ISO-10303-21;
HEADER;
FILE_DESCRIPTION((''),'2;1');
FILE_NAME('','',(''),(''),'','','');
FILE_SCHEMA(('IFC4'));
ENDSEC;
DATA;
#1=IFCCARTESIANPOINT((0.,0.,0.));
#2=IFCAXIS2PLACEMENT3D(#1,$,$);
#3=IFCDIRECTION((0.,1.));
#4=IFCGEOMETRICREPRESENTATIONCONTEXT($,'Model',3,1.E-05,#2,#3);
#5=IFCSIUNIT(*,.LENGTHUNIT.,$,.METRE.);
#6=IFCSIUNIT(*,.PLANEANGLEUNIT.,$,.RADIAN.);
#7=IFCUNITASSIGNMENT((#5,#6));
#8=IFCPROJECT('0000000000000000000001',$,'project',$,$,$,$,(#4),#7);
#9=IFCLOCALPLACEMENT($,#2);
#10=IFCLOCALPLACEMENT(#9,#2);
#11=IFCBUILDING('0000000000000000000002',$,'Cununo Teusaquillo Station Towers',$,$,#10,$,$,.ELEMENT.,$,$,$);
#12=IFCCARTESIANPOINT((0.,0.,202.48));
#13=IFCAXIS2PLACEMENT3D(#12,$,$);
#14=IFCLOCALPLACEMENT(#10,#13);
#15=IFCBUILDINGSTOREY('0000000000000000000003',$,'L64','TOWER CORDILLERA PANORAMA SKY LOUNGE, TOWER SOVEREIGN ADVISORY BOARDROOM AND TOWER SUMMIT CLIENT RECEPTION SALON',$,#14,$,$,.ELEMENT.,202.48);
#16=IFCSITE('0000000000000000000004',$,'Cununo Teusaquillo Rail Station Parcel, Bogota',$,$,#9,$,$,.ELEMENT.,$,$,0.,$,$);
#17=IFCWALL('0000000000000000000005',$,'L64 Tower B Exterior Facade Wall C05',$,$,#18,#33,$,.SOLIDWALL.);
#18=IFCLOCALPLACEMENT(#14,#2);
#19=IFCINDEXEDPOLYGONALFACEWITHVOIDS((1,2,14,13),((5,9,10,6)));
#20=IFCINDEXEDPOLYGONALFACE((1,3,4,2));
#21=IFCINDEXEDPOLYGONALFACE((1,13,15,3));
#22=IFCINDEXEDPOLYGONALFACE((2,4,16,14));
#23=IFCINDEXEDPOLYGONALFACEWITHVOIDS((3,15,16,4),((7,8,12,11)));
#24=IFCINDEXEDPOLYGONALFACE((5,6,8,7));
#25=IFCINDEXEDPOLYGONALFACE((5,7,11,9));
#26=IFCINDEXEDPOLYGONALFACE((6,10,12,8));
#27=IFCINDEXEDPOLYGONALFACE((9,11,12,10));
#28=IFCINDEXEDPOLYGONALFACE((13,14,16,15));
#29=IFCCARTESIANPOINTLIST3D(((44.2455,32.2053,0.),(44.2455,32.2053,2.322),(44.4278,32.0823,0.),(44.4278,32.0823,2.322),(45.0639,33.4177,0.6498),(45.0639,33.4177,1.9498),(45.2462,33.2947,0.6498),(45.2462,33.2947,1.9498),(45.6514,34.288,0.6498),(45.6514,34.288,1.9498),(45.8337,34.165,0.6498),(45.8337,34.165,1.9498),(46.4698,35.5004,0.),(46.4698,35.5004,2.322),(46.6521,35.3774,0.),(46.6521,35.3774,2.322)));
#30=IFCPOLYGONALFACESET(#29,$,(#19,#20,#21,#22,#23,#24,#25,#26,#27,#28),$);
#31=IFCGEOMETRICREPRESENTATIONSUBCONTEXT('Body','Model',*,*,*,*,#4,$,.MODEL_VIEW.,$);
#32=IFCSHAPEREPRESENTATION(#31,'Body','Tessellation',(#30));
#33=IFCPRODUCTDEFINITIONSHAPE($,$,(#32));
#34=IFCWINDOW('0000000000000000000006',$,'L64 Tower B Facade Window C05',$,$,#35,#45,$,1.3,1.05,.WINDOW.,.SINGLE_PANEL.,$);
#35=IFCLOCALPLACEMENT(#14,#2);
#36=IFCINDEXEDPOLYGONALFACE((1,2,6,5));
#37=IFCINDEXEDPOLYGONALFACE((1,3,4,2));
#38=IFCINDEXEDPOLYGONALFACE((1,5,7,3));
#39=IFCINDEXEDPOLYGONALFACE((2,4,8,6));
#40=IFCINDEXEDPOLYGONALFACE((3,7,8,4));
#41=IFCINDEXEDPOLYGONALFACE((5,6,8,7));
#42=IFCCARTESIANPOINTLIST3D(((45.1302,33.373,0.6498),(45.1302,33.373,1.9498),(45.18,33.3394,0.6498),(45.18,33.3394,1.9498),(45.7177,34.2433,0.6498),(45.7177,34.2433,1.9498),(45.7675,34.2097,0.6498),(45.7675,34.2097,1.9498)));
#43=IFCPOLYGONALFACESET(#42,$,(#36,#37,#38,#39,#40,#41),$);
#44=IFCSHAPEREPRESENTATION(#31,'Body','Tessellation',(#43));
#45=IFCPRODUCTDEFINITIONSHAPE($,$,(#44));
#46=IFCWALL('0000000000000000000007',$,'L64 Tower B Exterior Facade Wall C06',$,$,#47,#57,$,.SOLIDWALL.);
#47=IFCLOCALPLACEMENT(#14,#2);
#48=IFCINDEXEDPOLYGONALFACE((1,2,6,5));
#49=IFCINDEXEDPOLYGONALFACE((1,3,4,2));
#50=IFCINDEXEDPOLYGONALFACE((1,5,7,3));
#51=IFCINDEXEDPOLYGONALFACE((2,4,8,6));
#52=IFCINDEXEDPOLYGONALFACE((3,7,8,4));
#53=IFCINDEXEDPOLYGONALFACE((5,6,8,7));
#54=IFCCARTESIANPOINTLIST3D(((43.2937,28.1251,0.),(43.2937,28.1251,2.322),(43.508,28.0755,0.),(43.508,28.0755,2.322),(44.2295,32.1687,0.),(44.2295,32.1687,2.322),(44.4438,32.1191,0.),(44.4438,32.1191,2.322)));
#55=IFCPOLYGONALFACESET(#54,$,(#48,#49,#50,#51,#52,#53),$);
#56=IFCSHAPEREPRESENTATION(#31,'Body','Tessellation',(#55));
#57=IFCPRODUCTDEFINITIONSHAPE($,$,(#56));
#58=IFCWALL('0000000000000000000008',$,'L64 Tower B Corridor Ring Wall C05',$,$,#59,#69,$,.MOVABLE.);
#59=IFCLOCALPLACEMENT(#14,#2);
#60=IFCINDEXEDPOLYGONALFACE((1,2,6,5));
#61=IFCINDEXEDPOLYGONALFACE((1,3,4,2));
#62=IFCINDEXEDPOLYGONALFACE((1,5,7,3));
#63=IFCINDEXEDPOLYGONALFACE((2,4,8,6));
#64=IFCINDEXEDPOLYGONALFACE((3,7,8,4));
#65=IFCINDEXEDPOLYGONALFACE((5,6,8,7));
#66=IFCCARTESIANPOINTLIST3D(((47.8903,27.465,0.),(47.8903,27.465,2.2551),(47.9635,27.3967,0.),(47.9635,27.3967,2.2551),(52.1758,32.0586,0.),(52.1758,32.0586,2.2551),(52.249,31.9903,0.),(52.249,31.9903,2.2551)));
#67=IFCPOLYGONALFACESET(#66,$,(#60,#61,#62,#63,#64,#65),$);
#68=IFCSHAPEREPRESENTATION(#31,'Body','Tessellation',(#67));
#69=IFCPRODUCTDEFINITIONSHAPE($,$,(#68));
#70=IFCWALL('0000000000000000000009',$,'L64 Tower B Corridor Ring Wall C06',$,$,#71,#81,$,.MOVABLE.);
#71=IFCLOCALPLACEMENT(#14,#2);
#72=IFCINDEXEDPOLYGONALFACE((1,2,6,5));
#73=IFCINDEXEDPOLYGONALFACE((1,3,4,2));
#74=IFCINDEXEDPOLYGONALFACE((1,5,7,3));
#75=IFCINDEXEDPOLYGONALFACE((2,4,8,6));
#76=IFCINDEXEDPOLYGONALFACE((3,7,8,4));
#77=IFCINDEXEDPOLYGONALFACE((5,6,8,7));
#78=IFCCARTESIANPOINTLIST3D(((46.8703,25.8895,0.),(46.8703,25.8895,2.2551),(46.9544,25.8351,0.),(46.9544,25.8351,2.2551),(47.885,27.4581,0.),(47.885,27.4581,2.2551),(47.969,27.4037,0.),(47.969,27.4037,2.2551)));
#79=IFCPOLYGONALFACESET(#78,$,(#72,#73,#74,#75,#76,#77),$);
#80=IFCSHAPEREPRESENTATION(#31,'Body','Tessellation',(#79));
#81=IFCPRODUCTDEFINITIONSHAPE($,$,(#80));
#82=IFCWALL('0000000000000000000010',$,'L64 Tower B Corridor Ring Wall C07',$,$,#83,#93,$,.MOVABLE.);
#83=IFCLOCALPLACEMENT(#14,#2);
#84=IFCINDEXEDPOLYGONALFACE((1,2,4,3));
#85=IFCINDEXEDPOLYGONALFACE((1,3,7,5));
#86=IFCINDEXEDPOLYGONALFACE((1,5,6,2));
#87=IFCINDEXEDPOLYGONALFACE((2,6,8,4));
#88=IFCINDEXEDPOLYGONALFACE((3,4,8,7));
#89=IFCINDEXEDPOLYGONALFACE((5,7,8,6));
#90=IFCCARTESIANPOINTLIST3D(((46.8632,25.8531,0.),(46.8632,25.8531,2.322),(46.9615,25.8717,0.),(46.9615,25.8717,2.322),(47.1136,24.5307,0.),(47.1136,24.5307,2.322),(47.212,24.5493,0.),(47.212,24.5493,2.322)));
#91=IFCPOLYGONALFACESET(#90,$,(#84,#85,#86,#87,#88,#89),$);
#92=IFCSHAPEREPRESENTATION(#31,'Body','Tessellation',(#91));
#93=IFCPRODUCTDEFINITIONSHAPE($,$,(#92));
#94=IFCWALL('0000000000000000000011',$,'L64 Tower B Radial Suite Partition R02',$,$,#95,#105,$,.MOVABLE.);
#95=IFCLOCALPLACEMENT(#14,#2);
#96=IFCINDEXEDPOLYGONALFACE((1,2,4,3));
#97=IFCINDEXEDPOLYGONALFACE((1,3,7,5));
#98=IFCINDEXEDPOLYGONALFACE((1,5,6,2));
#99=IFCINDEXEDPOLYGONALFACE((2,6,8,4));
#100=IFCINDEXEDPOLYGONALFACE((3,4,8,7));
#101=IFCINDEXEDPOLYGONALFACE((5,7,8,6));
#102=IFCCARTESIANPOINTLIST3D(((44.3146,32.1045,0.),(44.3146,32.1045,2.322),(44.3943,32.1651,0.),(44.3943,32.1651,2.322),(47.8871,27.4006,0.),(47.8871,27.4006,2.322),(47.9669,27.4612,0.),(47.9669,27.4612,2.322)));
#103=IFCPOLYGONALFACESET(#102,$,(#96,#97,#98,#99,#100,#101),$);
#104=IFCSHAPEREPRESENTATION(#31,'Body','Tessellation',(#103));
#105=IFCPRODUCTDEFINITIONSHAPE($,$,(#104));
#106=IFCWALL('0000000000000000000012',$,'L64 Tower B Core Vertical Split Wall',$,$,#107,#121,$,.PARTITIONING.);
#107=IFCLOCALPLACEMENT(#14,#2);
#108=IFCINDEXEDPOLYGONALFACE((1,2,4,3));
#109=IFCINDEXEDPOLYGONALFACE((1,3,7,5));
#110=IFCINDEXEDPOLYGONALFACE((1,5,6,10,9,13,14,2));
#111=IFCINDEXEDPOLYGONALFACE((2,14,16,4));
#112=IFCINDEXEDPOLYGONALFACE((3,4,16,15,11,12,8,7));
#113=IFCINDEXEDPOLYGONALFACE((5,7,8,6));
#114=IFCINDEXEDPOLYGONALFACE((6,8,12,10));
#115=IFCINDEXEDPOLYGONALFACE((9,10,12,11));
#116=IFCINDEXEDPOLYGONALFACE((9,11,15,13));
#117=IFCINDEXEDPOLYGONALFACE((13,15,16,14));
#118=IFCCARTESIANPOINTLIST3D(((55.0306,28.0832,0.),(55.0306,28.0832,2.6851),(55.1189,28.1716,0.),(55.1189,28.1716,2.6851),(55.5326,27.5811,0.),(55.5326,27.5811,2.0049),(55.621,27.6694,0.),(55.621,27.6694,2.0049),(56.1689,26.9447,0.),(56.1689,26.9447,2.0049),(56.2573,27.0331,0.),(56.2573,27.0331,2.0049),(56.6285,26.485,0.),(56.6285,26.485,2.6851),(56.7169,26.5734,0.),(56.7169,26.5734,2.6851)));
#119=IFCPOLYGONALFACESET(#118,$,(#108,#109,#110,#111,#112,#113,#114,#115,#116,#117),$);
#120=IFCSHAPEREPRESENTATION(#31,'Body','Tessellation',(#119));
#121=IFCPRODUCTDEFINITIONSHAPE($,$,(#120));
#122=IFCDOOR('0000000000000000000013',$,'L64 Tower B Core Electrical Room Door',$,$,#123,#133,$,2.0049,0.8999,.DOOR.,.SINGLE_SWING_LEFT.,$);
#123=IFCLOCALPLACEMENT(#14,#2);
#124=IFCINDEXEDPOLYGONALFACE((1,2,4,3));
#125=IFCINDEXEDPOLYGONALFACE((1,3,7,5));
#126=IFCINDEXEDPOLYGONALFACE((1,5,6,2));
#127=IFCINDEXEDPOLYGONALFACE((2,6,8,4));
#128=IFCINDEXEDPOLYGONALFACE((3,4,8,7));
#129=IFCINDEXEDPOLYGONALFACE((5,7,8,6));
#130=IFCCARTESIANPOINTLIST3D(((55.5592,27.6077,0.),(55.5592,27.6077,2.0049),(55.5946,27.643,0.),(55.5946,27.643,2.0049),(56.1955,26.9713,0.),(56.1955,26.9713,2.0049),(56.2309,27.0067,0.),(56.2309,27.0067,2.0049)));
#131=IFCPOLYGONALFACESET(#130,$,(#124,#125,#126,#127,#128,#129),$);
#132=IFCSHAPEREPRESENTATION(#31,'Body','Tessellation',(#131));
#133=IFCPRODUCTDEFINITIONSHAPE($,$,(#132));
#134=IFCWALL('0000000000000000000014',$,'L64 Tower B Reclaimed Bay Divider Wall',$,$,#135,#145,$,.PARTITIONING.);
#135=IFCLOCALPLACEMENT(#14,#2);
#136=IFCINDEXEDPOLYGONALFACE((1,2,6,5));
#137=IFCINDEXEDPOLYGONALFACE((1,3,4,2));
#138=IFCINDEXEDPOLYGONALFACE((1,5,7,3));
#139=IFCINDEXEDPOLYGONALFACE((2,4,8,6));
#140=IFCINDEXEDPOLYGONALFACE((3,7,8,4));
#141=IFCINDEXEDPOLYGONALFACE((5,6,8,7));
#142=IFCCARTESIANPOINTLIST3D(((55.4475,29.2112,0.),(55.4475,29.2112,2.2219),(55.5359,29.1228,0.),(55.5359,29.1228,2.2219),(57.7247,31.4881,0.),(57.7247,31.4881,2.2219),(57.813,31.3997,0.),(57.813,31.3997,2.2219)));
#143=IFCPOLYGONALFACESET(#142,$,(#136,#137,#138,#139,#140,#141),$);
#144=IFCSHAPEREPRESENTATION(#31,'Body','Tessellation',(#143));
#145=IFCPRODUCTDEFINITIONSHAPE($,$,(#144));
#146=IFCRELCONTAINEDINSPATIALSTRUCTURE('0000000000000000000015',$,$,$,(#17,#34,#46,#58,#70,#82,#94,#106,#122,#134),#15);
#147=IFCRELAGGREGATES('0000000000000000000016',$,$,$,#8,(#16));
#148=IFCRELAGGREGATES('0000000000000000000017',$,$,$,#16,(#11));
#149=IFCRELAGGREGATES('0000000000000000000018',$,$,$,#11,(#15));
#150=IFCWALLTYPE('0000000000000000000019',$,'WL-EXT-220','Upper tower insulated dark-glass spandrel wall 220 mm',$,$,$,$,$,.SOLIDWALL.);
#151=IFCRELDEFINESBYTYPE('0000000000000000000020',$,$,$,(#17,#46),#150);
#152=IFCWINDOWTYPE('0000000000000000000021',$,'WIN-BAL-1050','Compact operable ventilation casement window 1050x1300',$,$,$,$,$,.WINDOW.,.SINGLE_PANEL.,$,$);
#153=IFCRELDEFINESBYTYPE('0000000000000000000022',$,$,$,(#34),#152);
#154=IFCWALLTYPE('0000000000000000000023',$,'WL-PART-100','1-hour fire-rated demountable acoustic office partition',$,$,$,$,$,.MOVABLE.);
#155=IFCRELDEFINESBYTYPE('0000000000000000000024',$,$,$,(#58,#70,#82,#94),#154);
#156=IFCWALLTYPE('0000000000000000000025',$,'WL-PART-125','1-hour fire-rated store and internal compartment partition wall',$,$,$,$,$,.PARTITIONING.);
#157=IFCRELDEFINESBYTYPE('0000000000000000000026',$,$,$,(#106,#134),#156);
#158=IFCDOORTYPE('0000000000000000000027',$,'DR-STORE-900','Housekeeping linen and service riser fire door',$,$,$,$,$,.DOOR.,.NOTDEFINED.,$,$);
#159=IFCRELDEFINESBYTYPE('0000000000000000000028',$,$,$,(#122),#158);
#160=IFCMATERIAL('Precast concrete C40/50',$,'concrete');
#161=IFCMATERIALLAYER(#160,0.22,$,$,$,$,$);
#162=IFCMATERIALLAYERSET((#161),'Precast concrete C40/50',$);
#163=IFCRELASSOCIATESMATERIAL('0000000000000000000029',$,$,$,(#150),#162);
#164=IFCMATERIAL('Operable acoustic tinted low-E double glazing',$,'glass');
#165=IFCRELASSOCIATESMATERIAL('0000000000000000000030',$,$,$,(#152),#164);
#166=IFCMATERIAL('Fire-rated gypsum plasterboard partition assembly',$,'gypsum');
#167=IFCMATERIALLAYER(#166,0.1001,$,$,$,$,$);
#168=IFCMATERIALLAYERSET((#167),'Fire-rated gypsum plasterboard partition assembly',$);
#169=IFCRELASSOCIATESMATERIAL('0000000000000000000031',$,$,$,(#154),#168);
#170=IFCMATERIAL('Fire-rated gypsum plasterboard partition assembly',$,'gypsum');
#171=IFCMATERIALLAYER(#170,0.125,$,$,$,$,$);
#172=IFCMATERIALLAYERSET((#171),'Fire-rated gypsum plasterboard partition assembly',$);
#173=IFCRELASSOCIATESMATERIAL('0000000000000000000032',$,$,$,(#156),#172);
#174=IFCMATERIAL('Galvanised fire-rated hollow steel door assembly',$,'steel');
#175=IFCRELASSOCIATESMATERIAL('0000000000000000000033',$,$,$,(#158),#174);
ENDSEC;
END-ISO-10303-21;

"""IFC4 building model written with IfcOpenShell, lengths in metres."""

from ifc_helpers import new_model, si_unit, direction, frame, frame_2d, origin, place, context, subcontext, project, spatial, rectangle, extrude, source, transform, mapped, material, layer, layer_set, type_object, element, fill, save


model = new_model("IFC4")

# Units and contexts
model_context = context("Model", 3, precision=1e-05, world=origin(), true_north=direction((0.0, 1.0)))
body_context = subcontext(model_context, "Body", "Model", "MODEL_VIEW")
ifc_project = project(units=[si_unit("LENGTHUNIT", "METRE"), si_unit("PLANEANGLEUNIT", "RADIAN")], contexts=[model_context])

# Site, building, storey
site_placement = place(None, origin())
site = spatial("IfcSite", under=ifc_project, at=site_placement, Name="Cununo Teusaquillo Rail Station Parcel, Bogota", CompositionType="ELEMENT", RefElevation=0.0)
building_placement = place(site_placement, origin())
building = spatial("IfcBuilding", under=site, at=building_placement, Name="Cununo Teusaquillo Station Towers", CompositionType="ELEMENT")
storey_placement = place(building_placement, frame((0.0, 0.0, 202.48)))
storey = spatial("IfcBuildingStorey", under=building, at=storey_placement, Name="L64", Description="TOWER CORDILLERA PANORAMA SKY LOUNGE, TOWER SOVEREIGN ADVISORY BOARDROOM AND TOWER SUMMIT CLIENT RECEPTION SALON", CompositionType="ELEMENT", Elevation=202.48)

# Wall, opening, window
ifc_material_1 = material(Name="Precast concrete C40/50", Category="concrete")
ifc_layer_1 = layer(ifc_material_1, 0.22)
ifc_layer_set_1 = layer_set([ifc_layer_1], Name="Precast concrete C40/50")
wall_type_1 = type_object("IfcWallType", Name="WL-EXT-220", Description="Upper tower insulated dark-glass spandrel wall 220 mm", PredefinedType="SOLIDWALL", material=ifc_layer_set_1)
wall_1_placement = place(storey_placement, frame((44.3367, 32.1438, 0.0), z_axis=(0.0, 0.0, 1.0), x_axis=(0.559495, 0.828834, 0.0)))
wall_1 = element("IfcWall", 1, at=wall_1_placement, inside=storey, type_object=wall_type_1, Name="L64 Tower B Exterior Facade Wall C05", PredefinedType="SOLIDWALL", context=body_context, shape_type="SweptSolid", body=[
    extrude(rectangle(XDim=3.9756, YDim=0.22, at=frame_2d((1.9878, 0.0))), origin(), (0.0, 0.0, 1.0), 2.322),
])
shared_shape_1 = source(origin(), body_context, "Body", "SweptSolid", [
    extrude(rectangle(XDim=1.05, YDim=1.3, at=frame_2d((0.5249, 0.6499))), frame((0.0, 0.1199, 0.0), z_axis=(0.0, -1.0, 0.0), x_axis=(1.0, 0.0, 0.0)), (0.0, 0.0, 1.0), 0.24),
])
opening_1_placement = place(wall_1_placement, frame((1.4629, 0.0, 0.6499)))
opening_1 = element("IfcOpeningElement", 2, at=opening_1_placement, cuts=wall_1, PredefinedType="OPENING", context=body_context, shape_type="MappedRepresentation", body=[
    mapped(shared_shape_1, transform((0.0, 0.0, 0.0), x_axis=(1.0, 0.0, 0.0), y_axis=(0.0, 1.0, 0.0), z_axis=(0.0, 0.0, 1.0), scale=1.0)),
])
ifc_material_2 = material(Name="Operable acoustic tinted low-E double glazing", Category="glass")
window_type = type_object("IfcWindowType", Name="WIN-BAL-1050", Description="Compact operable ventilation casement window 1050x1300", PartitioningType="SINGLE_PANEL", PredefinedType="WINDOW", material=ifc_material_2)
shared_shape_2 = source(origin(), body_context, "Body", "SweptSolid", [
    extrude(rectangle(XDim=1.05, YDim=1.3, at=frame_2d((0.5249, 0.6499))), frame((0.0, 0.03, 0.0), z_axis=(0.0, -1.0, 0.0), x_axis=(1.0, 0.0, 0.0)), (0.0, 0.0, 1.0), 0.0601),
])
window_placement = place(opening_1_placement, origin())
window = element("IfcWindow", 3, at=window_placement, inside=storey, type_object=window_type, Name="L64 Tower B Facade Window C05", OverallHeight=1.3, OverallWidth=1.05, PartitioningType="SINGLE_PANEL", PredefinedType="WINDOW", context=body_context, shape_type="MappedRepresentation", body=[
    mapped(shared_shape_2, transform((0.0, 0.0, 0.0), x_axis=(1.0, 0.0, 0.0), y_axis=(0.0, 1.0, 0.0), z_axis=(0.0, 0.0, 1.0), scale=1.0)),
])
fill(opening_1, window)

# Walls
wall_2_placement = place(storey_placement, frame((43.4009, 28.1003, 0.0), z_axis=(0.0, 0.0, 1.0), x_axis=(0.225474, 0.974249, 0.0)))
element("IfcWall", 4, at=wall_2_placement, inside=storey, type_object=wall_type_1, Name="L64 Tower B Exterior Facade Wall C06", PredefinedType="SOLIDWALL", context=body_context, shape_type="SweptSolid", body=[
    extrude(rectangle(XDim=4.1504, YDim=0.22, at=frame_2d((2.0752, 0.0))), origin(), (0.0, 0.0, 1.0), 2.322),
])
ifc_material_3 = material(Name="Fire-rated gypsum plasterboard partition assembly", Category="gypsum")
ifc_layer_2 = layer(ifc_material_3, 0.1001)
ifc_layer_set_2 = layer_set([ifc_layer_2], Name="Fire-rated gypsum plasterboard partition assembly")
wall_type_2 = type_object("IfcWallType", Name="WL-PART-100", Description="1-hour fire-rated demountable acoustic office partition", PredefinedType="MOVABLE", material=ifc_layer_set_2)
wall_3_placement = place(storey_placement, frame((52.2124, 32.0244, 0.0), z_axis=(0.0, 0.0, 1.0), x_axis=(-0.682159, -0.731204, 0.0)))
element("IfcWall", 5, at=wall_3_placement, inside=storey, type_object=wall_type_2, Name="L64 Tower B Corridor Ring Wall C05", PredefinedType="MOVABLE", context=body_context, shape_type="SweptSolid", body=[
    extrude(rectangle(XDim=6.2822, YDim=0.1001, at=frame_2d((3.1411, 0.0))), origin(), (0.0, 0.0, 1.0), 2.2551),
])
wall_4_placement = place(storey_placement, frame((47.927, 27.4309, 0.0), z_axis=(0.0, 0.0, 1.0), x_axis=(-0.543127, -0.839651, 0.0)))
element("IfcWall", 6, at=wall_4_placement, inside=storey, type_object=wall_type_2, Name="L64 Tower B Corridor Ring Wall C06", PredefinedType="MOVABLE", context=body_context, shape_type="SweptSolid", body=[
    extrude(rectangle(XDim=1.8682, YDim=0.1001, at=frame_2d((0.9341, 0.0))), origin(), (0.0, 0.0, 1.0), 2.2551),
])
wall_5_placement = place(storey_placement, frame((46.9124, 25.8623, 0.0), z_axis=(0.0, 0.0, 1.0), x_axis=(0.186095, -0.982532, 0.0)))
element("IfcWall", 7, at=wall_5_placement, inside=storey, type_object=wall_type_2, Name="L64 Tower B Corridor Ring Wall C07", PredefinedType="MOVABLE", context=body_context, shape_type="SweptSolid", body=[
    extrude(rectangle(XDim=1.3459, YDim=0.1001, at=frame_2d((0.6729, 0.0))), origin(), (0.0, 0.0, 1.0), 2.322),
])
wall_6_placement = place(storey_placement, frame((47.927, 27.4309, 0.0), z_axis=(0.0, 0.0, 1.0), x_axis=(-0.604823, 0.79636, 0.0)))
element("IfcWall", 8, at=wall_6_placement, inside=storey, type_object=wall_type_2, Name="L64 Tower B Radial Suite Partition R02", PredefinedType="MOVABLE", context=body_context, shape_type="SweptSolid", body=[
    extrude(rectangle(XDim=5.9067, YDim=0.1001, at=frame_2d((2.9534, 0.0))), origin(), (0.0, 0.0, 1.0), 2.322),
])

# Wall, opening, door
ifc_material_4 = material(Name="Fire-rated gypsum plasterboard partition assembly", Category="gypsum")
ifc_layer_3 = layer(ifc_material_4, 0.125)
ifc_layer_set_3 = layer_set([ifc_layer_3], Name="Fire-rated gypsum plasterboard partition assembly")
wall_type_3 = type_object("IfcWallType", Name="WL-PART-125", Description="1-hour fire-rated store and internal compartment partition wall", PredefinedType="PARTITIONING", material=ifc_layer_set_3)
wall_7_placement = place(storey_placement, frame((56.6726, 26.5293, 0.0), z_axis=(0.0, 0.0, 1.0), x_axis=(-0.707053, 0.707161, 0.0)))
wall_7 = element("IfcWall", 9, at=wall_7_placement, inside=storey, type_object=wall_type_3, Name="L64 Tower B Core Vertical Split Wall", PredefinedType="PARTITIONING", context=body_context, shape_type="SweptSolid", body=[
    extrude(rectangle(XDim=2.26, YDim=0.125, at=frame_2d((1.1299, 0.0))), origin(), (0.0, 0.0, 1.0), 2.6851),
])
shared_shape_3 = source(origin(), body_context, "Body", "SweptSolid", [
    extrude(rectangle(XDim=0.8999, YDim=2.0049, at=frame_2d((0.45, 1.0024))), frame((0.0, 0.0725, 0.0), z_axis=(0.0, -1.0, 0.0), x_axis=(1.0, 0.0, 0.0)), (0.0, 0.0, 1.0), 0.145),
])
opening_2_placement = place(wall_7_placement, frame((0.6499, 0.0, 0.0)))
opening_2 = element("IfcOpeningElement", 10, at=opening_2_placement, cuts=wall_7, PredefinedType="OPENING", context=body_context, shape_type="MappedRepresentation", body=[
    mapped(shared_shape_3, transform((0.0, 0.0, 0.0), x_axis=(1.0, 0.0, 0.0), y_axis=(0.0, 1.0, 0.0), z_axis=(0.0, 0.0, 1.0), scale=1.0)),
])
ifc_material_5 = material(Name="Galvanised fire-rated hollow steel door assembly", Category="steel")
door_type_1 = type_object("IfcDoorType", Name="DR-STORE-900", Description="Housekeeping linen and service riser fire door", OperationType="NOTDEFINED", PredefinedType="DOOR", material=ifc_material_5)
shared_shape_4 = source(origin(), body_context, "Body", "SweptSolid", [
    extrude(rectangle(XDim=0.8999, YDim=2.0049, at=frame_2d((0.45, 1.0024))), frame((0.0, 0.0249, 0.0), z_axis=(0.0, -1.0, 0.0), x_axis=(1.0, 0.0, 0.0)), (0.0, 0.0, 1.0), 0.05),
])
door_1_placement = place(opening_2_placement, origin())
door_1 = element("IfcDoor", 11, at=door_1_placement, inside=storey, type_object=door_type_1, Name="L64 Tower B Core Electrical Room Door", OperationType="SINGLE_SWING_LEFT", OverallHeight=2.0049, OverallWidth=0.8999, PredefinedType="DOOR", context=body_context, shape_type="MappedRepresentation", body=[
    mapped(shared_shape_4, transform((0.0, 0.0, 0.0), x_axis=(1.0, 0.0, 0.0), y_axis=(0.0, 1.0, 0.0), z_axis=(0.0, 0.0, 1.0), scale=1.0)),
])
fill(opening_2, door_1)

# Wall
wall_8_placement = place(storey_placement, frame((55.4917, 29.167, 0.0), z_axis=(0.0, 0.0, 1.0), x_axis=(0.707145, 0.707069, 0.0)))
element("IfcWall", 12, at=wall_8_placement, inside=storey, type_object=wall_type_3, Name="L64 Tower B Reclaimed Bay Divider Wall", PredefinedType="PARTITIONING", context=body_context, shape_type="SweptSolid", body=[
    extrude(rectangle(XDim=3.2202, YDim=0.125, at=frame_2d((1.6101, 0.0))), origin(), (0.0, 0.0, 1.0), 2.2219),
])

save(model, "model.ifc")
